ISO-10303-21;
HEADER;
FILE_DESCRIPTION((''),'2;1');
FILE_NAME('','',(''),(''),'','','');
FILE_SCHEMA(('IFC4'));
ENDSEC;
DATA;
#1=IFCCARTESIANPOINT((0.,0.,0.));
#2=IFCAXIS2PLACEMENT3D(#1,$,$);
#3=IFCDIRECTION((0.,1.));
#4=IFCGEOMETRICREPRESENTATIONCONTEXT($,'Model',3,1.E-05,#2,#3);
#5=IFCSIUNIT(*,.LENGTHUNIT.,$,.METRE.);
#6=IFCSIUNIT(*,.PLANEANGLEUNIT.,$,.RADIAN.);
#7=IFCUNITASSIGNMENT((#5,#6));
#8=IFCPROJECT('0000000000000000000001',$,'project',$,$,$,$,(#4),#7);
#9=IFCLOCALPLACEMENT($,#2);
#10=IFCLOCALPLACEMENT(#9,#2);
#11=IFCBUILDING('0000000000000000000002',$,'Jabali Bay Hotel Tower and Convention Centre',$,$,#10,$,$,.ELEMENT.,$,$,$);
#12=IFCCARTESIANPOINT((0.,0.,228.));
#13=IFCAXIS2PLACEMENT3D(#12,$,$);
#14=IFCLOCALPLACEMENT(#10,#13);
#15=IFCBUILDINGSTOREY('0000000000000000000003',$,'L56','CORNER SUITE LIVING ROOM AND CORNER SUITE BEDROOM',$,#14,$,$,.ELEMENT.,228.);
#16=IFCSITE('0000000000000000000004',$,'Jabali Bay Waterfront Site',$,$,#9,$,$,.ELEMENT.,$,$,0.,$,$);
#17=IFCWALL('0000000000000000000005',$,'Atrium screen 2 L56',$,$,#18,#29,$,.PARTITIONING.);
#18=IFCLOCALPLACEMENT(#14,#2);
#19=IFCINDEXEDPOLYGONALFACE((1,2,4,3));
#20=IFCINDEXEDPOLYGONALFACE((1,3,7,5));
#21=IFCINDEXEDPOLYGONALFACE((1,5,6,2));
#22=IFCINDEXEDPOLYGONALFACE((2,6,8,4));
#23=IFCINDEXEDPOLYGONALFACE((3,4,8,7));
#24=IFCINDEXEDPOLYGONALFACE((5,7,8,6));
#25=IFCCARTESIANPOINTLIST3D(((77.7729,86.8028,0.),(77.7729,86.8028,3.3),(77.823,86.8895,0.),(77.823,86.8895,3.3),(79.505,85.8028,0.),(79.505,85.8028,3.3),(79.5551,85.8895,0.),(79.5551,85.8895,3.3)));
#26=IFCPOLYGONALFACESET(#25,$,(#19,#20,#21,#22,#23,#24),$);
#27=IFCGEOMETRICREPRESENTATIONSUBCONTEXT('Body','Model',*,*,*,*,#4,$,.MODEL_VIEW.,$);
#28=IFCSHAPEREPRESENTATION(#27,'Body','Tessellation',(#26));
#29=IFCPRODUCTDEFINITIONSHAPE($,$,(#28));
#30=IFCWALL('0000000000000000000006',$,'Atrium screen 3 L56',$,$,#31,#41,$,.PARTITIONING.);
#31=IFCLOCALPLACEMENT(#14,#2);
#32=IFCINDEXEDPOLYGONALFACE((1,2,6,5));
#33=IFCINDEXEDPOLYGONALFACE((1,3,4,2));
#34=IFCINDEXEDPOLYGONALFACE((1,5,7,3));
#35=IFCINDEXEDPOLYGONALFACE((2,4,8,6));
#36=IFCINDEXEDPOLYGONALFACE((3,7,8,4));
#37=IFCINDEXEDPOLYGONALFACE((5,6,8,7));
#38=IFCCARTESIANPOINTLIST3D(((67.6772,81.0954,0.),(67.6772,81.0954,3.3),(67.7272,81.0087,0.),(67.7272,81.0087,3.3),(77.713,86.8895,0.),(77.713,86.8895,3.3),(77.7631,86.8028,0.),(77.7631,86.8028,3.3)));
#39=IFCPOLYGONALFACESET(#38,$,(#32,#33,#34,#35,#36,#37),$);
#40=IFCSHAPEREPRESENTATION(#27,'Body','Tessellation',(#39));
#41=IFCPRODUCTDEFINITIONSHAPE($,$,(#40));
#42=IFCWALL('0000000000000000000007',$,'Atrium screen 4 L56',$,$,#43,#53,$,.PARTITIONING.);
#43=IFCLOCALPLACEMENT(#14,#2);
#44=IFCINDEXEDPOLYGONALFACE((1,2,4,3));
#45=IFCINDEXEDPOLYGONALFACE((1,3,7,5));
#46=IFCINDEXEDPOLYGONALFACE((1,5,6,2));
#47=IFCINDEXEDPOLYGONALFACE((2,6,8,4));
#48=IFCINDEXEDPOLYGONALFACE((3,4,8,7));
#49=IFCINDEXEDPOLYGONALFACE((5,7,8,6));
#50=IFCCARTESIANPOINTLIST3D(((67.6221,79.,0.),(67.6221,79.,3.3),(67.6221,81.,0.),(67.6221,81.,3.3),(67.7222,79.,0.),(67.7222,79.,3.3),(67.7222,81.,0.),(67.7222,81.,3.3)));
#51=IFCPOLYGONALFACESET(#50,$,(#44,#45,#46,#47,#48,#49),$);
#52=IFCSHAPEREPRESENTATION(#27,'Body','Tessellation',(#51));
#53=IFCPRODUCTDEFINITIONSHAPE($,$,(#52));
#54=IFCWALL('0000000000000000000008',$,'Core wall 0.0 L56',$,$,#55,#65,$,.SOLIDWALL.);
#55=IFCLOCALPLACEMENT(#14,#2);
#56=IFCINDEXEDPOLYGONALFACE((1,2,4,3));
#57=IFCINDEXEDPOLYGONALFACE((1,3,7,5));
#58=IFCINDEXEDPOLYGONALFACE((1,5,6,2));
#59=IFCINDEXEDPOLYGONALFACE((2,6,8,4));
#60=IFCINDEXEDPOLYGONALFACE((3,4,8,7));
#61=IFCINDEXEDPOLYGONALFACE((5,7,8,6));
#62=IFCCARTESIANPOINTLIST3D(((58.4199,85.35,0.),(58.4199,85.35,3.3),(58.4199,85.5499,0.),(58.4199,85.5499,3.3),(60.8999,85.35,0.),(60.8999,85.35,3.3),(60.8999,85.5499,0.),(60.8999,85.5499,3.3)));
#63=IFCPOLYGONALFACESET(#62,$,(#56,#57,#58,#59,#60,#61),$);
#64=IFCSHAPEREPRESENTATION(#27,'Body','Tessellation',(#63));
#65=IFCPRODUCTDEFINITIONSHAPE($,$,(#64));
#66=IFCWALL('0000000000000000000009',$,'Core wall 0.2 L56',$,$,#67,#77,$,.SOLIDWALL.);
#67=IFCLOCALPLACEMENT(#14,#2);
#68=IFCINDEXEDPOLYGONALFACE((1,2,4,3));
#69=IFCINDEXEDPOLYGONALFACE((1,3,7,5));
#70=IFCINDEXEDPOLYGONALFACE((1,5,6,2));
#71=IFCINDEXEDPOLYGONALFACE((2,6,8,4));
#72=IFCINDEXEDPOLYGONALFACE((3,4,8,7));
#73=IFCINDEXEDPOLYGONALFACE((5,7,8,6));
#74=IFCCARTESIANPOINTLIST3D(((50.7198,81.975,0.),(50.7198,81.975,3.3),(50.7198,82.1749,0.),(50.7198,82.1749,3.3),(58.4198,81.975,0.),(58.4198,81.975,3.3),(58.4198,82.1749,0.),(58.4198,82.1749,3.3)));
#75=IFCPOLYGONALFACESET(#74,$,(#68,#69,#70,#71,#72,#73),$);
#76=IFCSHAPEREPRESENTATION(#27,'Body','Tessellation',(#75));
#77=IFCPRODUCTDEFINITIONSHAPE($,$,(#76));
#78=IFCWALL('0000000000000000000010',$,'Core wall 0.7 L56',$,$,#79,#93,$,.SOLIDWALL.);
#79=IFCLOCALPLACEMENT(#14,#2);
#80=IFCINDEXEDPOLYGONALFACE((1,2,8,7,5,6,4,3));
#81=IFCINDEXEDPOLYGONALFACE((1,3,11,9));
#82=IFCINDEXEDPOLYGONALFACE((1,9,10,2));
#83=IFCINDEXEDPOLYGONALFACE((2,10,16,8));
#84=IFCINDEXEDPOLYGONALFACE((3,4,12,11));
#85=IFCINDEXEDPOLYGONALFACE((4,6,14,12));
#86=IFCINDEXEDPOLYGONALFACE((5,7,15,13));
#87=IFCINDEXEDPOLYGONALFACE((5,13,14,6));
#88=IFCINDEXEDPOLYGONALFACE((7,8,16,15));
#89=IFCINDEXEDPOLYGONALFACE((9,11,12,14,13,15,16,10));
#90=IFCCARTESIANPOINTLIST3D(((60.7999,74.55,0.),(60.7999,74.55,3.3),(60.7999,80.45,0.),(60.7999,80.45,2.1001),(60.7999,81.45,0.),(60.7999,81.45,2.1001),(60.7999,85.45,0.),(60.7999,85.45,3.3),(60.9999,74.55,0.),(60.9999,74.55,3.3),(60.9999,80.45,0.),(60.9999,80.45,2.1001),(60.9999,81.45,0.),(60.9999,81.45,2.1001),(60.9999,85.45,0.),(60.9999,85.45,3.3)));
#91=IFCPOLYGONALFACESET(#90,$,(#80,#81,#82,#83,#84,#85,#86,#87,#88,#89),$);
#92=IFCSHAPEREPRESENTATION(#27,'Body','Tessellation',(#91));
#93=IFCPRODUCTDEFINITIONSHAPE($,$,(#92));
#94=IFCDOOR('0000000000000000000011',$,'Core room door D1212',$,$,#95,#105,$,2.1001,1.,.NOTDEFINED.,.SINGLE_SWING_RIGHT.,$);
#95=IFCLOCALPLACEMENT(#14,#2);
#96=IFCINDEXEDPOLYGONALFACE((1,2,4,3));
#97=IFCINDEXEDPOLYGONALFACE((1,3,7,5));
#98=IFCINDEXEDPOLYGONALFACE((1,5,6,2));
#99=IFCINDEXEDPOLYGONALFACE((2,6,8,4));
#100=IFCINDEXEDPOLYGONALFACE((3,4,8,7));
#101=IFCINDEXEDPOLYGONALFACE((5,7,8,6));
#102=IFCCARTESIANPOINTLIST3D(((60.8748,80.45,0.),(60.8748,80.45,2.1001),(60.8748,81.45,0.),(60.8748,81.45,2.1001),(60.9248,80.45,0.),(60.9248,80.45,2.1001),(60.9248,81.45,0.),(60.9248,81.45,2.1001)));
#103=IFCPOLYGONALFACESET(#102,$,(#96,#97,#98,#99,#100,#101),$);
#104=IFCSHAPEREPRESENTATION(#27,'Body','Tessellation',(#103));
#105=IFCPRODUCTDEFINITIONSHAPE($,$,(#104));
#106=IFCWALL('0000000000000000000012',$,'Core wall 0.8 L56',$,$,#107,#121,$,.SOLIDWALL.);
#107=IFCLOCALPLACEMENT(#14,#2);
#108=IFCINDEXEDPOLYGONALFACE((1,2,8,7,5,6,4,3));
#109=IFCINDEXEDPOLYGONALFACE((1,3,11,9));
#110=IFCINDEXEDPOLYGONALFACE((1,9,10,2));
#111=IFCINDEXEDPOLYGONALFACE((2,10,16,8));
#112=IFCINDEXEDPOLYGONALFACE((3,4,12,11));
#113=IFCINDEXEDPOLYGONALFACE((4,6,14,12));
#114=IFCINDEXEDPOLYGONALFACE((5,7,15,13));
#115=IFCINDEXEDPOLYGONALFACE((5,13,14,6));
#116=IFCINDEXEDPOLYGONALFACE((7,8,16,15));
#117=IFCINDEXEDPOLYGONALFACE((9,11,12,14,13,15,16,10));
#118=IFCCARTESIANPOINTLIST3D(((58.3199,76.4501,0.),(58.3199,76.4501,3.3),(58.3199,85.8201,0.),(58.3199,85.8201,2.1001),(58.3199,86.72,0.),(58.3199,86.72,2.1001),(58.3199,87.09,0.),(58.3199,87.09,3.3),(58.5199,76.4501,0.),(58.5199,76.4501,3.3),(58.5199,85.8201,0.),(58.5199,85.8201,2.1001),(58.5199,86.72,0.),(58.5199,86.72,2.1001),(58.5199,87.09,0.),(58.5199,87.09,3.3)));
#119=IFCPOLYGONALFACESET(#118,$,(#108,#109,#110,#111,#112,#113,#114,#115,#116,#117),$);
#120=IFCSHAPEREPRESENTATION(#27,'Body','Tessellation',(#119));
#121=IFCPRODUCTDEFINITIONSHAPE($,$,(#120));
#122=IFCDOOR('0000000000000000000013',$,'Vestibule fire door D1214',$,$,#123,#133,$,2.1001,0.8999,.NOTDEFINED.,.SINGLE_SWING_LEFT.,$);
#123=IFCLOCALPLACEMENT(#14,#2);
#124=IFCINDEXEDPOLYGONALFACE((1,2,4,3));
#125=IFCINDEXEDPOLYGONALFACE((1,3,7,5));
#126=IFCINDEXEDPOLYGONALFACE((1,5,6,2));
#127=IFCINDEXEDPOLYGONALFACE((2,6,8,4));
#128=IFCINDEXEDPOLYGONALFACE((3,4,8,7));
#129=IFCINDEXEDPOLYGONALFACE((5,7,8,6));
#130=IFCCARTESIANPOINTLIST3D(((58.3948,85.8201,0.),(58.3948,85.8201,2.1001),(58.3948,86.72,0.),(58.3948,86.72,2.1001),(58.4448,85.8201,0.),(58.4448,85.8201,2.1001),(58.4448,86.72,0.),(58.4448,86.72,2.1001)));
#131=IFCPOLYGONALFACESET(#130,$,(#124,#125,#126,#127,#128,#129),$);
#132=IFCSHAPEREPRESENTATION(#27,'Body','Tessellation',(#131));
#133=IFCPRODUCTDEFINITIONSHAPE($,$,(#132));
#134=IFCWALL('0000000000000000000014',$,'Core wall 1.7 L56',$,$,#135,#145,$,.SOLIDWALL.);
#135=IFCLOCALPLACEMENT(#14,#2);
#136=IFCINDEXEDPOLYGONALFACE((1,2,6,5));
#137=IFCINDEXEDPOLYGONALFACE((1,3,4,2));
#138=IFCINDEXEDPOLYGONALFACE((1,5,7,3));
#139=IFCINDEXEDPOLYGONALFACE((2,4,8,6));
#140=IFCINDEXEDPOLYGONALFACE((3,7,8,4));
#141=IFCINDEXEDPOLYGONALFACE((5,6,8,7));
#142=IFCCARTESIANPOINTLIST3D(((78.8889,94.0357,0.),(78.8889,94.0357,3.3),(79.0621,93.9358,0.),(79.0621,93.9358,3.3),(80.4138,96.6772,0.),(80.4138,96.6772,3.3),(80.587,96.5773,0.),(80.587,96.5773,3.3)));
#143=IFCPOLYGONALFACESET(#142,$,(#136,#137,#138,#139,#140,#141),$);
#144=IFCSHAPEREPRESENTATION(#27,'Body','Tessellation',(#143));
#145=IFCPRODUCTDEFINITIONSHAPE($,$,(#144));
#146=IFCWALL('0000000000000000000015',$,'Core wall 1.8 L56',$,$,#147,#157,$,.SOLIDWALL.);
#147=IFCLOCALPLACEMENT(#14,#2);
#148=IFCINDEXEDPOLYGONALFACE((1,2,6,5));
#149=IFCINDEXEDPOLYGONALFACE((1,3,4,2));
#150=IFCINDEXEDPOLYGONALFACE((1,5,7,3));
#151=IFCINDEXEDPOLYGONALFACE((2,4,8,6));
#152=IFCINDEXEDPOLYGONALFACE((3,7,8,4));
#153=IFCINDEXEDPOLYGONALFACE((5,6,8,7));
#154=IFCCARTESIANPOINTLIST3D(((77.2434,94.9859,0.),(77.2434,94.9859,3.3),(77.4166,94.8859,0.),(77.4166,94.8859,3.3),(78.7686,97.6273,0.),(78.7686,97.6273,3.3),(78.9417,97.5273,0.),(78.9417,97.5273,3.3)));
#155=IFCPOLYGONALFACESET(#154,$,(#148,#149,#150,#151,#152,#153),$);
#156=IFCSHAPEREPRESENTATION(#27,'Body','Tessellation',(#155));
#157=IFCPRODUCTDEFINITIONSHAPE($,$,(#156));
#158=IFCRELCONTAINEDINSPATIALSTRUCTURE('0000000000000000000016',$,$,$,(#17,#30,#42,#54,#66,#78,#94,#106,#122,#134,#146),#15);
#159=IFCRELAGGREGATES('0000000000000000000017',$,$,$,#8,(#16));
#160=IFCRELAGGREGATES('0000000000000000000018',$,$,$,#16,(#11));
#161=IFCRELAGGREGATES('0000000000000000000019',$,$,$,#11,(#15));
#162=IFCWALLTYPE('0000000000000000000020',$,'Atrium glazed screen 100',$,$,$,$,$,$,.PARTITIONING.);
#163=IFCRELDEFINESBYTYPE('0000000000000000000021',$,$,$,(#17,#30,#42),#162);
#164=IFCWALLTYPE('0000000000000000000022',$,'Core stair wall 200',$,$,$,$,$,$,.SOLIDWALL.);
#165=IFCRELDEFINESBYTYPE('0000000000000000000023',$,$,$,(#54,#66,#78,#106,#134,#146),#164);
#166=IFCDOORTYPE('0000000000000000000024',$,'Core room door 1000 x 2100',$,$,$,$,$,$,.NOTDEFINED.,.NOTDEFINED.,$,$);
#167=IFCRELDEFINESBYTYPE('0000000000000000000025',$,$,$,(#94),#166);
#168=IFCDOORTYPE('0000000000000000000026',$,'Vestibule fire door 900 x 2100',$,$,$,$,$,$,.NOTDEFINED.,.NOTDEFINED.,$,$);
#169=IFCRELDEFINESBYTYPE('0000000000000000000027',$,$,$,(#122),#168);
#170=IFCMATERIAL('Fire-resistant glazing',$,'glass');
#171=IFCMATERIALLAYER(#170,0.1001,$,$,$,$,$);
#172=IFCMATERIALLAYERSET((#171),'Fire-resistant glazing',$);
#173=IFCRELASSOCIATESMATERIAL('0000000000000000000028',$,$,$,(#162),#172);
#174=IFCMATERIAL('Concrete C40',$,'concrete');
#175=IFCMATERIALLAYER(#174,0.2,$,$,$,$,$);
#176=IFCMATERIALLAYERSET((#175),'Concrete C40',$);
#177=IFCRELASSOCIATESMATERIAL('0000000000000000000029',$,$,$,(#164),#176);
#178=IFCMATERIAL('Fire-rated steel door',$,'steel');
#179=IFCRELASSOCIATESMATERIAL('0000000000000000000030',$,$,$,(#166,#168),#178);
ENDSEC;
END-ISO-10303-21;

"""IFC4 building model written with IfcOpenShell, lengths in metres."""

from ifc_helpers import new_model, si_unit, direction, frame, frame_2d, origin, place, context, subcontext, project, spatial, rectangle, extrude, material, layer, layer_set, type_object, element, fill, save


model = new_model("IFC4")

# Units and contexts
model_context = context("Model", 3, precision=1e-05, world=origin(), true_north=direction((0.0, 1.0)))
body_context = subcontext(model_context, "Body", "Model", "MODEL_VIEW")
ifc_project = project(units=[si_unit("LENGTHUNIT", "METRE"), si_unit("PLANEANGLEUNIT", "RADIAN")], contexts=[model_context])

# Site, building, storey
site_placement = place(None, origin())
site = spatial("IfcSite", under=ifc_project, at=site_placement, Name="Jabali Bay Waterfront Site", CompositionType="ELEMENT", RefElevation=0.0)
building_placement = place(site_placement, origin())
building = spatial("IfcBuilding", under=site, at=building_placement, Name="Jabali Bay Hotel Tower and Convention Centre", CompositionType="ELEMENT")
storey_placement = place(building_placement, frame((0.0, 0.0, 228.0)))
storey = spatial("IfcBuildingStorey", under=building, at=storey_placement, Name="L56", Description="CORNER SUITE LIVING ROOM AND CORNER SUITE BEDROOM", CompositionType="ELEMENT", Elevation=228.0)

# Walls
ifc_material_1 = material(Name="Fire-resistant glazing", Category="glass")
ifc_layer_1 = layer(ifc_material_1, 0.1001)
ifc_layer_set_1 = layer_set([ifc_layer_1], Name="Fire-resistant glazing")
wall_type_1 = type_object("IfcWallType", Name="Atrium glazed screen 100", PredefinedType="PARTITIONING", material=ifc_layer_set_1)
wall_1_placement = place(storey_placement, frame((79.53, 85.8462, 0.0), z_axis=(0.0, 0.0, 1.0), x_axis=(-0.866041, 0.499973, 0.0)))
element("IfcWall", 1, at=wall_1_placement, inside=storey, type_object=wall_type_1, Name="Atrium screen 2 L56", PredefinedType="PARTITIONING", context=body_context, shape_type="SweptSolid", body=[
    extrude(rectangle(XDim=2.0, YDim=0.1001, at=frame_2d((1.0, 0.0))), origin(), (0.0, 0.0, 1.0), 3.3),
])
wall_2_placement = place(storey_placement, frame((77.738, 86.8462, 0.0), z_axis=(0.0, 0.0, 1.0), x_axis=(-0.866027, -0.499998, 0.0)))
element("IfcWall", 2, at=wall_2_placement, inside=storey, type_object=wall_type_1, Name="Atrium screen 3 L56", PredefinedType="PARTITIONING", context=body_context, shape_type="SweptSolid", body=[
    extrude(rectangle(XDim=11.5884, YDim=0.1001, at=frame_2d((5.7942, 0.0))), origin(), (0.0, 0.0, 1.0), 3.3),
])
wall_3_placement = place(storey_placement, frame((67.6721, 81.0, 0.0), z_axis=(0.0, 0.0, 1.0), x_axis=(0.0, -1.0, 0.0)))
element("IfcWall", 3, at=wall_3_placement, inside=storey, type_object=wall_type_1, Name="Atrium screen 4 L56", PredefinedType="PARTITIONING", context=body_context, shape_type="SweptSolid", body=[
    extrude(rectangle(XDim=2.0, YDim=0.1001, at=frame_2d((1.0, 0.0))), origin(), (0.0, 0.0, 1.0), 3.3),
])
ifc_material_2 = material(Name="Concrete C40", Category="concrete")
ifc_layer_2 = layer(ifc_material_2, 0.2)
ifc_layer_set_2 = layer_set([ifc_layer_2], Name="Concrete C40")
wall_type_2 = type_object("IfcWallType", Name="Core stair wall 200", PredefinedType="SOLIDWALL", material=ifc_layer_set_2)
wall_4_placement = place(storey_placement, frame((60.8999, 85.45, 0.0), z_axis=(0.0, 0.0, 1.0), x_axis=(-1.0, 0.0, 0.0)))
element("IfcWall", 4, at=wall_4_placement, inside=storey, type_object=wall_type_2, Name="Core wall 0.0 L56", PredefinedType="SOLIDWALL", context=body_context, shape_type="SweptSolid", body=[
    extrude(rectangle(XDim=2.48, YDim=0.2, at=frame_2d((1.24, 0.0))), origin(), (0.0, 0.0, 1.0), 3.3),
])
wall_5_placement = place(storey_placement, frame((58.4199, 82.075, 0.0), z_axis=(0.0, 0.0, 1.0), x_axis=(-1.0, 0.0, 0.0)))
element("IfcWall", 5, at=wall_5_placement, inside=storey, type_object=wall_type_2, Name="Core wall 0.2 L56", PredefinedType="SOLIDWALL", context=body_context, shape_type="SweptSolid", body=[
    extrude(rectangle(XDim=7.7, YDim=0.2, at=frame_2d((3.8501, 0.0))), origin(), (0.0, 0.0, 1.0), 3.3),
])

# Walls, openings, doors
wall_6_placement = place(storey_placement, frame((60.8999, 85.45, 0.0), z_axis=(0.0, 0.0, 1.0), x_axis=(0.0, -1.0, 0.0)))
wall_6 = element("IfcWall", 6, at=wall_6_placement, inside=storey, type_object=wall_type_2, Name="Core wall 0.7 L56", PredefinedType="SOLIDWALL", context=body_context, shape_type="SweptSolid", body=[
    extrude(rectangle(XDim=10.8999, YDim=0.2, at=frame_2d((5.45, 0.0))), origin(), (0.0, 0.0, 1.0), 3.3),
])
opening_1_placement = place(wall_6_placement, frame((4.0, 0.0, 0.0)))
opening_1 = element("IfcOpeningElement", 7, at=opening_1_placement, cuts=wall_6, PredefinedType="OPENING", context=body_context, shape_type="SweptSolid", body=[
    extrude(rectangle(XDim=1.0, YDim=2.1001, at=frame_2d((0.5, 1.05))), frame((0.0, 0.1104, 0.0), z_axis=(0.0, -1.0, 0.0), x_axis=(1.0, 0.0, 0.0)), (0.0, 0.0, 1.0), 0.2209),
])
ifc_material_3 = material(Name="Fire-rated steel door", Category="steel")
door_type_1 = type_object("IfcDoorType", Name="Core room door 1000 x 2100", OperationType="NOTDEFINED", PredefinedType="NOTDEFINED", material=ifc_material_3)
door_1_placement = place(opening_1_placement, origin())
door_1 = element("IfcDoor", 8, at=door_1_placement, inside=storey, type_object=door_type_1, Name="Core room door D1212", OperationType="SINGLE_SWING_RIGHT", OverallHeight=2.1001, OverallWidth=1.0, PredefinedType="NOTDEFINED", context=body_context, shape_type="SweptSolid", body=[
    extrude(rectangle(XDim=1.0, YDim=2.1001, at=frame_2d((0.5, 1.05))), frame((0.0, 0.0249, 0.0), z_axis=(0.0, -1.0, 0.0), x_axis=(1.0, 0.0, 0.0)), (0.0, 0.0, 1.0), 0.05),
])
fill(opening_1, door_1)
wall_7_placement = place(storey_placement, frame((58.4199, 87.0898, 0.0), z_axis=(0.0, 0.0, 1.0), x_axis=(0.0, -1.0, 0.0)))
wall_7 = element("IfcWall", 9, at=wall_7_placement, inside=storey, type_object=wall_type_2, Name="Core wall 0.8 L56", PredefinedType="SOLIDWALL", context=body_context, shape_type="SweptSolid", body=[
    extrude(rectangle(XDim=10.6399, YDim=0.2, at=frame_2d((5.3198, 0.0))), origin(), (0.0, 0.0, 1.0), 3.3),
])
opening_2_placement = place(wall_7_placement, frame((0.3699, 0.0, 0.0)))
opening_2 = element("IfcOpeningElement", 10, at=opening_2_placement, cuts=wall_7, PredefinedType="OPENING", context=body_context, shape_type="SweptSolid", body=[
    extrude(rectangle(XDim=0.8999, YDim=2.1001, at=frame_2d((0.45, 1.05))), frame((0.0, 0.1104, 0.0), z_axis=(0.0, -1.0, 0.0), x_axis=(1.0, 0.0, 0.0)), (0.0, 0.0, 1.0), 0.2209),
])
door_type_2 = type_object("IfcDoorType", Name="Vestibule fire door 900 x 2100", OperationType="NOTDEFINED", PredefinedType="NOTDEFINED", material=ifc_material_3)
door_2_placement = place(opening_2_placement, origin())
door_2 = element("IfcDoor", 11, at=door_2_placement, inside=storey, type_object=door_type_2, Name="Vestibule fire door D1214", OperationType="SINGLE_SWING_LEFT", OverallHeight=2.1001, OverallWidth=0.8999, PredefinedType="NOTDEFINED", context=body_context, shape_type="SweptSolid", body=[
    extrude(rectangle(XDim=0.8999, YDim=2.1001, at=frame_2d((0.45, 1.05))), frame((0.0, 0.0249, 0.0), z_axis=(0.0, -1.0, 0.0), x_axis=(1.0, 0.0, 0.0)), (0.0, 0.0, 1.0), 0.05),
])
fill(opening_2, door_2)

# Walls
for number, where, z_axis, x_axis, name in (
    (12, (78.9756, 93.9858, 0.0), (0.0, 0.0, 1.0), (0.499944, 0.866058, 0.0), "Core wall 1.7 L56"),
    (13, (77.3301, 94.936, 0.0), (0.0, 0.0, 1.0), (0.500039, 0.866003, 0.0), "Core wall 1.8 L56"),
):
    element("IfcWall", number, at=place(storey_placement, frame(where, z_axis=z_axis, x_axis=x_axis)), inside=storey, type_object=wall_type_2, Name=name, PredefinedType="SOLIDWALL", context=body_context, shape_type="SweptSolid", body=[
        extrude(rectangle(XDim=3.05, YDim=0.2, at=frame_2d((1.5249, 0.0))), origin(), (0.0, 0.0, 1.0), 3.3),
    ])

save(model, "model.ifc")
